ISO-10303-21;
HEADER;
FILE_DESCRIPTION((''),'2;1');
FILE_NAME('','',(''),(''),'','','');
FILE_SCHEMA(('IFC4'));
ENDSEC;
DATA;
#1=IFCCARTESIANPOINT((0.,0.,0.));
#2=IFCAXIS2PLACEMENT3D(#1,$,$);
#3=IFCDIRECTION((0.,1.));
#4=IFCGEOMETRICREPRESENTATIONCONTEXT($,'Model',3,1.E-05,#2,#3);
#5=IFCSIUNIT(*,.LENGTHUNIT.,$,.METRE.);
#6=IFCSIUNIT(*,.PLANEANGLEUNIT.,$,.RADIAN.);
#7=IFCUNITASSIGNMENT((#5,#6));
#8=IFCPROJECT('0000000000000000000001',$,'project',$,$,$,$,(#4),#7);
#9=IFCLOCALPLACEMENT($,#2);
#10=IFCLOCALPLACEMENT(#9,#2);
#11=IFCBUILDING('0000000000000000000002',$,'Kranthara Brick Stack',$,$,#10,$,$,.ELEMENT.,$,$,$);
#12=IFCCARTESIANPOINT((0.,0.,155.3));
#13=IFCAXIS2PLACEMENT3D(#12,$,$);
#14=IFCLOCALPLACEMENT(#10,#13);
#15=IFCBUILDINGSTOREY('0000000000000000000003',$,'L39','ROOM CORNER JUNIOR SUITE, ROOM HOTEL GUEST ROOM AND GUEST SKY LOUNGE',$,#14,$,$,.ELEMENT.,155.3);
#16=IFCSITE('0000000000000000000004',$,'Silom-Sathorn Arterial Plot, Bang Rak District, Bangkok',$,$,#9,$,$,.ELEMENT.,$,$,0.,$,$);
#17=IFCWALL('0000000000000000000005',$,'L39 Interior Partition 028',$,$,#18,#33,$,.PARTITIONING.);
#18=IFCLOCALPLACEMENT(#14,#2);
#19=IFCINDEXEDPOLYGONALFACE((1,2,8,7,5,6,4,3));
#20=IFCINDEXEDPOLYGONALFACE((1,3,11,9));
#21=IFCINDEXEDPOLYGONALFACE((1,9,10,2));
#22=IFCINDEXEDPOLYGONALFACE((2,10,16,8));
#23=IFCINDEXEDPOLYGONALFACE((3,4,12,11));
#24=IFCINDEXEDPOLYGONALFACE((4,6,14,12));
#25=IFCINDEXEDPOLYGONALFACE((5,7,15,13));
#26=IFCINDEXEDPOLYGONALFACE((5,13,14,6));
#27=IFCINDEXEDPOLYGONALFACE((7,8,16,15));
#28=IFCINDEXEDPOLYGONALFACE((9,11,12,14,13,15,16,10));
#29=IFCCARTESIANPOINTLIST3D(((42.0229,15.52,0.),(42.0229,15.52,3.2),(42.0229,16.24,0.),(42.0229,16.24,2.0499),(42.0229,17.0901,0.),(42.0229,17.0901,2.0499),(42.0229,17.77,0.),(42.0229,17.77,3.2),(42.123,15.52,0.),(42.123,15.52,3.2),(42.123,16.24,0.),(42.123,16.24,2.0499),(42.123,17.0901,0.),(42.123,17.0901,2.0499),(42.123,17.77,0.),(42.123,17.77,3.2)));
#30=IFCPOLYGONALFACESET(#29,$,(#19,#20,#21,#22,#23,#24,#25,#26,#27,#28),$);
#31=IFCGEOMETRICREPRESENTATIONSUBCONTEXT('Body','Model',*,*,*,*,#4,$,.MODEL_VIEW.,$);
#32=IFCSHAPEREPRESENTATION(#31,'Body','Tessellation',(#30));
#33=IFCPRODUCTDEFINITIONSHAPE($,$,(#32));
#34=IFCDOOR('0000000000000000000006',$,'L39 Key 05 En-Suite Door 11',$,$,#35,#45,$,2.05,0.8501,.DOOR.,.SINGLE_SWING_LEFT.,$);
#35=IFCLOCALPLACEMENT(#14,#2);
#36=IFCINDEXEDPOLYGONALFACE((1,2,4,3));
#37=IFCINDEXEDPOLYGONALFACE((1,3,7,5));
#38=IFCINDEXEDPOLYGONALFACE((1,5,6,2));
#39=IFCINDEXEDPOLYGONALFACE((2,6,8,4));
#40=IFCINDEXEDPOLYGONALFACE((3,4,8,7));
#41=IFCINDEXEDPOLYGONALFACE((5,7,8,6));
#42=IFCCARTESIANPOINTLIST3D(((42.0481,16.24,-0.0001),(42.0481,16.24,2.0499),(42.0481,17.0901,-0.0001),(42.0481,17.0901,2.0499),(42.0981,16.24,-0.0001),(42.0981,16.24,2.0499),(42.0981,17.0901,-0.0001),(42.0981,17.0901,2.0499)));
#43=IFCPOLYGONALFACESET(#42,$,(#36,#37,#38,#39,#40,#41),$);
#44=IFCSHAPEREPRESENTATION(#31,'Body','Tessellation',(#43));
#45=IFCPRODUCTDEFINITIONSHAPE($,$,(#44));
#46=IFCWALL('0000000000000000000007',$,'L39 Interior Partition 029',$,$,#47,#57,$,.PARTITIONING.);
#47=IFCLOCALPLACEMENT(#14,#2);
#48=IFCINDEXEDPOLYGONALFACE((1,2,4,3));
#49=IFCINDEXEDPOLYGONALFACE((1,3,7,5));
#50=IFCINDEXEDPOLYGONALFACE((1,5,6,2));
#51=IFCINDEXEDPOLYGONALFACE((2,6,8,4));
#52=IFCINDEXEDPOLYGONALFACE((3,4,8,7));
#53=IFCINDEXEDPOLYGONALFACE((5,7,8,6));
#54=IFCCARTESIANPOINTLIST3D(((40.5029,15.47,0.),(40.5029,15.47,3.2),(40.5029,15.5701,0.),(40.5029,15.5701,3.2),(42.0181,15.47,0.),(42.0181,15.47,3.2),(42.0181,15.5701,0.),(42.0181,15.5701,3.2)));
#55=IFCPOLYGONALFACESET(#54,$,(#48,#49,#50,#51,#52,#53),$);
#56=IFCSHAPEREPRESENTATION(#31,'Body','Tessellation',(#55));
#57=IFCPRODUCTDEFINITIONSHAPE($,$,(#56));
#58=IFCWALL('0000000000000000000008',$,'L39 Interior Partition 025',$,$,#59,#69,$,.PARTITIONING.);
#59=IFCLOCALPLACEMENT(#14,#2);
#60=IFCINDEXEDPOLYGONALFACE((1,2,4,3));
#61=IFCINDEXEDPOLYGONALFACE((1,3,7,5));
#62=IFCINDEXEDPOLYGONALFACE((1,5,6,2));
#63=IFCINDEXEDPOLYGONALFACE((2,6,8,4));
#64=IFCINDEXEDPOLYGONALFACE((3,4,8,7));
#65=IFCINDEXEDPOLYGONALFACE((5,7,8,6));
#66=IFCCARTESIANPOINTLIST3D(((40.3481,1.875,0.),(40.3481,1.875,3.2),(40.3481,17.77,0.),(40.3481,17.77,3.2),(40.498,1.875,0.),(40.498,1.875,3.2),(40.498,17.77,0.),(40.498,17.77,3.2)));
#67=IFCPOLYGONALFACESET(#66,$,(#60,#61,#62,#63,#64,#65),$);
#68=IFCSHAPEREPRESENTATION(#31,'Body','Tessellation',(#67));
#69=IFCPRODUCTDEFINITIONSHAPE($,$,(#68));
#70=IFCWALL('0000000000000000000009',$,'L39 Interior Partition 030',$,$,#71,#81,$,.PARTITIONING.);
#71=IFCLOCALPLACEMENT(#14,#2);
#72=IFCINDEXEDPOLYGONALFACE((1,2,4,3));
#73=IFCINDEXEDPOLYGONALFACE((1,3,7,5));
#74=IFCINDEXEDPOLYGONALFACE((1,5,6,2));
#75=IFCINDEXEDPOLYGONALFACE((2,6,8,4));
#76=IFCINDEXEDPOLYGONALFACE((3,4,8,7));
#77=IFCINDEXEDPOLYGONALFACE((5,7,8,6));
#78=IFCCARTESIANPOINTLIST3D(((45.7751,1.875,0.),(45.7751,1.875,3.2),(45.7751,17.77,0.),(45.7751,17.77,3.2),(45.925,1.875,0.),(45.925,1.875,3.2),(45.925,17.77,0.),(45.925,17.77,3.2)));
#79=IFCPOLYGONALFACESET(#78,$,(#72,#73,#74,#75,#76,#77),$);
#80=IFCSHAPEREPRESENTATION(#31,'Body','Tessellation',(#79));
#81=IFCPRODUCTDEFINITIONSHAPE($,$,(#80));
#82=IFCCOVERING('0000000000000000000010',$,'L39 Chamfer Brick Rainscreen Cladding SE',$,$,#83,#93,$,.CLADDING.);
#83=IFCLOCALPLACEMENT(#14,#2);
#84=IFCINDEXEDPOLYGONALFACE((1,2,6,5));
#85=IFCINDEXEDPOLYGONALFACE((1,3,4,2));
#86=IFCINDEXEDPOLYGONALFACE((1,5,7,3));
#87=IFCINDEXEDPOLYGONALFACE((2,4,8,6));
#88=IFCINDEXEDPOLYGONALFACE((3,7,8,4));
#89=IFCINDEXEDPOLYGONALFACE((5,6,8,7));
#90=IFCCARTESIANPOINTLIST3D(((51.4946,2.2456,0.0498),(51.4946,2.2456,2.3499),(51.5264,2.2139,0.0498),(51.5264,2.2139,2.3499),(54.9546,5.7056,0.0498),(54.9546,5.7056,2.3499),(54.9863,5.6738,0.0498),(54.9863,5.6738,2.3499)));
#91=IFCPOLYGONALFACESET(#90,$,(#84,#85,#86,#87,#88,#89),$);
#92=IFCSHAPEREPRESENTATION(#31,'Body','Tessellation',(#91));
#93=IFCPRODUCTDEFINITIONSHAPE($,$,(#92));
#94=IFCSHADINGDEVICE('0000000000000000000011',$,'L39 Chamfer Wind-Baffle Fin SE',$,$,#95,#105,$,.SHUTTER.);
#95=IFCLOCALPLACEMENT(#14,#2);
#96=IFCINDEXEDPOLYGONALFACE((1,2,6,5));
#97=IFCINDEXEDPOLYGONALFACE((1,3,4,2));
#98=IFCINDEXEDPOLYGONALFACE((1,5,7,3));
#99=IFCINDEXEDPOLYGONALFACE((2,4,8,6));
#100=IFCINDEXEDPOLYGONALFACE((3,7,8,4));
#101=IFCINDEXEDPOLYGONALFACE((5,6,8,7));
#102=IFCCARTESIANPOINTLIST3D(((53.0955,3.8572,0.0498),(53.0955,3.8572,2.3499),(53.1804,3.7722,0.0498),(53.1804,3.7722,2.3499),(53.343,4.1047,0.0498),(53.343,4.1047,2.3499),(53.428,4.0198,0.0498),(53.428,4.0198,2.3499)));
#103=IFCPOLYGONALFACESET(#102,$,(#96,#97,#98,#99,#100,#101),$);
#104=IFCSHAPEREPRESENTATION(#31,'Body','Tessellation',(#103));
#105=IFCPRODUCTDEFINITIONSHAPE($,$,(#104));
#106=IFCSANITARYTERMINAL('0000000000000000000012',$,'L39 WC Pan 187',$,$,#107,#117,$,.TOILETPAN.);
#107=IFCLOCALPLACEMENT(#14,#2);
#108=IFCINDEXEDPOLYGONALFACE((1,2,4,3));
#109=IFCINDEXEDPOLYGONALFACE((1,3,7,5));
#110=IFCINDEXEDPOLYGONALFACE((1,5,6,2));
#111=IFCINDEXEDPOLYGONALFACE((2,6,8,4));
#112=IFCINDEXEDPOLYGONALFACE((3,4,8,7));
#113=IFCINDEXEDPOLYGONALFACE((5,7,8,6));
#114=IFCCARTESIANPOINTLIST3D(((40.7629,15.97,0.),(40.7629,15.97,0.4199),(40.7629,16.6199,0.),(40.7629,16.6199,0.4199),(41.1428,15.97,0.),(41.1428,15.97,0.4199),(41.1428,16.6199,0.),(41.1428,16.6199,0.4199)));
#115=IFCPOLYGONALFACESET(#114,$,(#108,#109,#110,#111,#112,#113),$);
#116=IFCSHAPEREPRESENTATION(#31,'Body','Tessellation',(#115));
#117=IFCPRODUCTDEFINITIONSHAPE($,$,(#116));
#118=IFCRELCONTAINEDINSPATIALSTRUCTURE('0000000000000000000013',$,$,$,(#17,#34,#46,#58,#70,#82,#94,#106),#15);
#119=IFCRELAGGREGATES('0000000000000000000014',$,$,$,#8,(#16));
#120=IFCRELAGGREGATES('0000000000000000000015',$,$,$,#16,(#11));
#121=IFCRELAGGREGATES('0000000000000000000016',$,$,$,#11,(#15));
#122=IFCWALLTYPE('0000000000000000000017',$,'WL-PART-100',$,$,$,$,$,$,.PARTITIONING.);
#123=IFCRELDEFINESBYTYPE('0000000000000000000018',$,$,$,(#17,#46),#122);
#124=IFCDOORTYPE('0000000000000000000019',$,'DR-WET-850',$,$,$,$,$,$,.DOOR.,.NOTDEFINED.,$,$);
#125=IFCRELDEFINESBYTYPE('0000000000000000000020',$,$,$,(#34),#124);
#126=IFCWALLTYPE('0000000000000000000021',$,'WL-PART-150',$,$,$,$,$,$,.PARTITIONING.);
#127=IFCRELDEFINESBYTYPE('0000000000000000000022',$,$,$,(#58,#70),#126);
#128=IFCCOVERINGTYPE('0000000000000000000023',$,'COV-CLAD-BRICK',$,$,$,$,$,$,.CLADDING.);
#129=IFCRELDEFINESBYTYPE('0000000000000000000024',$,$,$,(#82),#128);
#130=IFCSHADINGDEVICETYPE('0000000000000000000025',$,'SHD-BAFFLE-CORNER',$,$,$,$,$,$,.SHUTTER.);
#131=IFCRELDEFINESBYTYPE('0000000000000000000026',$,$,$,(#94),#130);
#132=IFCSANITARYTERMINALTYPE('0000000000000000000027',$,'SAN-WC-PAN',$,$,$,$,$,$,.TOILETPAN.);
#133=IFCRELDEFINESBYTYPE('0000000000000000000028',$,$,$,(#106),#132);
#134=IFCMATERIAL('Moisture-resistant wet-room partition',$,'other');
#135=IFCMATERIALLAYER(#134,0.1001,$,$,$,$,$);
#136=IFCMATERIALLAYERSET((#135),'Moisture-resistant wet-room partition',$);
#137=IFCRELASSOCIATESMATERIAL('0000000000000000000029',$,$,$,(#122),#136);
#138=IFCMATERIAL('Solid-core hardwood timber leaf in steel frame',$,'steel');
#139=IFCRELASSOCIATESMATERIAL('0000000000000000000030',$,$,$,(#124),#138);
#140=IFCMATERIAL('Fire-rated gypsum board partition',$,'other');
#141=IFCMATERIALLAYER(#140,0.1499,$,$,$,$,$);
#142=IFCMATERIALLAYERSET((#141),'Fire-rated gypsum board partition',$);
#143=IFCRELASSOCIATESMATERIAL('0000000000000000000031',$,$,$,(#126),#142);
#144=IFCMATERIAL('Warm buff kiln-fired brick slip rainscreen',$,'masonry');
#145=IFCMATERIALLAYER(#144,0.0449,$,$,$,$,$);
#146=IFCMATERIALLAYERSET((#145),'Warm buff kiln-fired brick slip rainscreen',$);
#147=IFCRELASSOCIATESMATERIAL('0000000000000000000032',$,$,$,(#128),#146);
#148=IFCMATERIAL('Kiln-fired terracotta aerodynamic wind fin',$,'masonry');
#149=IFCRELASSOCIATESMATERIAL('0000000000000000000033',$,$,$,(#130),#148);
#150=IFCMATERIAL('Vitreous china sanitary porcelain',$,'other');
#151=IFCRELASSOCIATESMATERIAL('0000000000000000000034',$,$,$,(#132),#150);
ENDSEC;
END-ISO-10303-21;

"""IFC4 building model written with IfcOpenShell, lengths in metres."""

from ifc_helpers import new_model, si_unit, direction, frame, frame_2d, origin, origin_2d, place, context, subcontext, project, spatial, rectangle, extrude, material, layer, layer_set, type_object, element, fill, save


model = new_model("IFC4")

# Units and contexts
model_context = context("Model", 3, precision=1e-05, world=origin(), true_north=direction((0.0, 1.0)))
body_context = subcontext(model_context, "Body", "Model", "MODEL_VIEW")
ifc_project = project(units=[si_unit("LENGTHUNIT", "METRE"), si_unit("PLANEANGLEUNIT", "RADIAN")], contexts=[model_context])

# Site, building, storey
site_placement = place(None, origin())
site = spatial("IfcSite", under=ifc_project, at=site_placement, Name="Silom-Sathorn Arterial Plot, Bang Rak District, Bangkok", CompositionType="ELEMENT", RefElevation=0.0)
building_placement = place(site_placement, origin())
building = spatial("IfcBuilding", under=site, at=building_placement, Name="Kranthara Brick Stack", CompositionType="ELEMENT")
storey_placement = place(building_placement, frame((0.0, 0.0, 155.3)))
storey = spatial("IfcBuildingStorey", under=building, at=storey_placement, Name="L39", Description="ROOM CORNER JUNIOR SUITE, ROOM HOTEL GUEST ROOM AND GUEST SKY LOUNGE", CompositionType="ELEMENT", Elevation=155.3)

# Wall, opening, door
ifc_material_1 = material(Name="Moisture-resistant wet-room partition", Category="other")
ifc_layer_1 = layer(ifc_material_1, 0.1001)
ifc_layer_set_1 = layer_set([ifc_layer_1], Name="Moisture-resistant wet-room partition")
wall_type_1 = type_object("IfcWallType", Name="WL-PART-100", PredefinedType="PARTITIONING", material=ifc_layer_set_1)
wall_1_placement = place(storey_placement, frame((42.073, 15.52, 0.0), z_axis=(0.0, 0.0, 1.0), x_axis=(0.0, 1.0, 0.0)))
wall_1 = element("IfcWall", 1, at=wall_1_placement, inside=storey, type_object=wall_type_1, Name="L39 Interior Partition 028", PredefinedType="PARTITIONING", context=body_context, shape_type="SweptSolid", body=[
    extrude(rectangle(XDim=2.25, YDim=0.1001, at=frame_2d((1.125, 0.0))), origin(), (0.0, 0.0, 1.0), 3.2),
])
opening_1_placement = place(wall_1_placement, frame((0.72, 0.0, 0.0)))
opening_1 = element("IfcOpeningElement", 2, at=opening_1_placement, cuts=wall_1, PredefinedType="OPENING", context=body_context, shape_type="SweptSolid", body=[
    extrude(rectangle(XDim=0.8501, YDim=2.05, at=frame_2d((0.425, 1.0249))), frame((0.0, 0.0601, 0.0), z_axis=(0.0, -1.0, 0.0), x_axis=(1.0, 0.0, 0.0)), (0.0, 0.0, 1.0), 0.1201),
])
ifc_material_2 = material(Name="Solid-core hardwood timber leaf in steel frame", Category="steel")
door_type_1 = type_object("IfcDoorType", Name="DR-WET-850", OperationType="NOTDEFINED", PredefinedType="DOOR", material=ifc_material_2)
door_1_placement = place(opening_1_placement, origin())
door_1 = element("IfcDoor", 3, at=door_1_placement, inside=storey, type_object=door_type_1, Name="L39 Key 05 En-Suite Door 11", OperationType="SINGLE_SWING_LEFT", OverallHeight=2.05, OverallWidth=0.8501, PredefinedType="DOOR", context=body_context, shape_type="SweptSolid", body=[
    extrude(rectangle(XDim=0.8501, YDim=2.05, at=frame_2d((0.425, 1.0249))), frame((0.0, 0.0249, 0.0), z_axis=(0.0, -1.0, 0.0), x_axis=(1.0, 0.0, 0.0)), (0.0, 0.0, 1.0), 0.05),
])
fill(opening_1, door_1)

# Walls
wall_2_placement = place(storey_placement, frame((40.5029, 15.52, 0.0), z_axis=(0.0, 0.0, 1.0), x_axis=(1.0, 0.0, 0.0)))
element("IfcWall", 4, at=wall_2_placement, inside=storey, type_object=wall_type_1, Name="L39 Interior Partition 029", PredefinedType="PARTITIONING", context=body_context, shape_type="SweptSolid", body=[
    extrude(rectangle(XDim=1.5151, YDim=0.1001, at=frame_2d((0.7576, 0.0))), origin(), (0.0, 0.0, 1.0), 3.2),
])
ifc_material_3 = material(Name="Fire-rated gypsum board partition", Category="other")
ifc_layer_2 = layer(ifc_material_3, 0.1499)
ifc_layer_set_2 = layer_set([ifc_layer_2], Name="Fire-rated gypsum board partition")
wall_type_2 = type_object("IfcWallType", Name="WL-PART-150", PredefinedType="PARTITIONING", material=ifc_layer_set_2)
for number, where, z_axis, x_axis, name in (
    (5, (40.4231, 1.875, 0.0), (0.0, 0.0, 1.0), (0.0, 1.0, 0.0), "L39 Interior Partition 025"),
    (6, (45.8501, 1.875, 0.0), (0.0, 0.0, 1.0), (0.0, 1.0, 0.0), "L39 Interior Partition 030"),
):
    element("IfcWall", number, at=place(storey_placement, frame(where, z_axis=z_axis, x_axis=x_axis)), inside=storey, type_object=wall_type_2, Name=name, PredefinedType="PARTITIONING", context=body_context, shape_type="SweptSolid", body=[
        extrude(rectangle(XDim=15.895, YDim=0.1499, at=frame_2d((7.9475, 0.0))), origin(), (0.0, 0.0, 1.0), 3.2),
    ])

# Covering
ifc_material_4 = material(Name="Warm buff kiln-fired brick slip rainscreen", Category="masonry")
ifc_layer_3 = layer(ifc_material_4, 0.0449)
ifc_layer_set_3 = layer_set([ifc_layer_3], Name="Warm buff kiln-fired brick slip rainscreen")
covering_type = type_object("IfcCoveringType", Name="COV-CLAD-BRICK", PredefinedType="CLADDING", material=ifc_layer_set_3)
covering_placement = place(storey_placement, frame((53.2405, 3.9597, 0.0498), z_axis=(0.0, 0.0, 1.0), x_axis=(-0.707107, -0.707107, 0.0)))
element("IfcCovering", 7, at=covering_placement, inside=storey, type_object=covering_type, Name="L39 Chamfer Brick Rainscreen Cladding SE", PredefinedType="CLADDING", context=body_context, shape_type="SweptSolid", body=[
    extrude(rectangle(XDim=4.8931, YDim=0.0449, at=origin_2d()), origin(), (0.0, 0.0, 1.0), 2.3),
])

# Shading device
ifc_material_5 = material(Name="Kiln-fired terracotta aerodynamic wind fin", Category="masonry")
shading_device_type = type_object("IfcShadingDeviceType", Name="SHD-BAFFLE-CORNER", PredefinedType="SHUTTER", material=ifc_material_5)
shading_device_placement = place(storey_placement, frame((53.2617, 3.9385, 0.0498), z_axis=(0.0, 0.0, 1.0), x_axis=(-0.707107, -0.707107, 0.0)))
element("IfcShadingDevice", 8, at=shading_device_placement, inside=storey, type_object=shading_device_type, Name="L39 Chamfer Wind-Baffle Fin SE", PredefinedType="SHUTTER", context=body_context, shape_type="SweptSolid", body=[
    extrude(rectangle(XDim=0.3501, YDim=0.1201, at=origin_2d()), origin(), (0.0, 0.0, 1.0), 2.3),
])

# Sanitary terminal
ifc_material_6 = material(Name="Vitreous china sanitary porcelain", Category="other")
sanitary_terminal_type = type_object("IfcSanitaryTerminalType", Name="SAN-WC-PAN", PredefinedType="TOILETPAN", material=ifc_material_6)
sanitary_terminal_placement = place(storey_placement, frame((40.9529, 16.2949, 0.0), z_axis=(0.0, 0.0, 1.0), x_axis=(1.0, 0.0, 0.0)))
element("IfcSanitaryTerminal", 9, at=sanitary_terminal_placement, inside=storey, type_object=sanitary_terminal_type, Name="L39 WC Pan 187", PredefinedType="TOILETPAN", context=body_context, shape_type="SweptSolid", body=[
    extrude(rectangle(XDim=0.3799, YDim=0.6499, at=origin_2d()), origin(), (0.0, 0.0, 1.0), 0.4199),
])

save(model, "model.ifc")
